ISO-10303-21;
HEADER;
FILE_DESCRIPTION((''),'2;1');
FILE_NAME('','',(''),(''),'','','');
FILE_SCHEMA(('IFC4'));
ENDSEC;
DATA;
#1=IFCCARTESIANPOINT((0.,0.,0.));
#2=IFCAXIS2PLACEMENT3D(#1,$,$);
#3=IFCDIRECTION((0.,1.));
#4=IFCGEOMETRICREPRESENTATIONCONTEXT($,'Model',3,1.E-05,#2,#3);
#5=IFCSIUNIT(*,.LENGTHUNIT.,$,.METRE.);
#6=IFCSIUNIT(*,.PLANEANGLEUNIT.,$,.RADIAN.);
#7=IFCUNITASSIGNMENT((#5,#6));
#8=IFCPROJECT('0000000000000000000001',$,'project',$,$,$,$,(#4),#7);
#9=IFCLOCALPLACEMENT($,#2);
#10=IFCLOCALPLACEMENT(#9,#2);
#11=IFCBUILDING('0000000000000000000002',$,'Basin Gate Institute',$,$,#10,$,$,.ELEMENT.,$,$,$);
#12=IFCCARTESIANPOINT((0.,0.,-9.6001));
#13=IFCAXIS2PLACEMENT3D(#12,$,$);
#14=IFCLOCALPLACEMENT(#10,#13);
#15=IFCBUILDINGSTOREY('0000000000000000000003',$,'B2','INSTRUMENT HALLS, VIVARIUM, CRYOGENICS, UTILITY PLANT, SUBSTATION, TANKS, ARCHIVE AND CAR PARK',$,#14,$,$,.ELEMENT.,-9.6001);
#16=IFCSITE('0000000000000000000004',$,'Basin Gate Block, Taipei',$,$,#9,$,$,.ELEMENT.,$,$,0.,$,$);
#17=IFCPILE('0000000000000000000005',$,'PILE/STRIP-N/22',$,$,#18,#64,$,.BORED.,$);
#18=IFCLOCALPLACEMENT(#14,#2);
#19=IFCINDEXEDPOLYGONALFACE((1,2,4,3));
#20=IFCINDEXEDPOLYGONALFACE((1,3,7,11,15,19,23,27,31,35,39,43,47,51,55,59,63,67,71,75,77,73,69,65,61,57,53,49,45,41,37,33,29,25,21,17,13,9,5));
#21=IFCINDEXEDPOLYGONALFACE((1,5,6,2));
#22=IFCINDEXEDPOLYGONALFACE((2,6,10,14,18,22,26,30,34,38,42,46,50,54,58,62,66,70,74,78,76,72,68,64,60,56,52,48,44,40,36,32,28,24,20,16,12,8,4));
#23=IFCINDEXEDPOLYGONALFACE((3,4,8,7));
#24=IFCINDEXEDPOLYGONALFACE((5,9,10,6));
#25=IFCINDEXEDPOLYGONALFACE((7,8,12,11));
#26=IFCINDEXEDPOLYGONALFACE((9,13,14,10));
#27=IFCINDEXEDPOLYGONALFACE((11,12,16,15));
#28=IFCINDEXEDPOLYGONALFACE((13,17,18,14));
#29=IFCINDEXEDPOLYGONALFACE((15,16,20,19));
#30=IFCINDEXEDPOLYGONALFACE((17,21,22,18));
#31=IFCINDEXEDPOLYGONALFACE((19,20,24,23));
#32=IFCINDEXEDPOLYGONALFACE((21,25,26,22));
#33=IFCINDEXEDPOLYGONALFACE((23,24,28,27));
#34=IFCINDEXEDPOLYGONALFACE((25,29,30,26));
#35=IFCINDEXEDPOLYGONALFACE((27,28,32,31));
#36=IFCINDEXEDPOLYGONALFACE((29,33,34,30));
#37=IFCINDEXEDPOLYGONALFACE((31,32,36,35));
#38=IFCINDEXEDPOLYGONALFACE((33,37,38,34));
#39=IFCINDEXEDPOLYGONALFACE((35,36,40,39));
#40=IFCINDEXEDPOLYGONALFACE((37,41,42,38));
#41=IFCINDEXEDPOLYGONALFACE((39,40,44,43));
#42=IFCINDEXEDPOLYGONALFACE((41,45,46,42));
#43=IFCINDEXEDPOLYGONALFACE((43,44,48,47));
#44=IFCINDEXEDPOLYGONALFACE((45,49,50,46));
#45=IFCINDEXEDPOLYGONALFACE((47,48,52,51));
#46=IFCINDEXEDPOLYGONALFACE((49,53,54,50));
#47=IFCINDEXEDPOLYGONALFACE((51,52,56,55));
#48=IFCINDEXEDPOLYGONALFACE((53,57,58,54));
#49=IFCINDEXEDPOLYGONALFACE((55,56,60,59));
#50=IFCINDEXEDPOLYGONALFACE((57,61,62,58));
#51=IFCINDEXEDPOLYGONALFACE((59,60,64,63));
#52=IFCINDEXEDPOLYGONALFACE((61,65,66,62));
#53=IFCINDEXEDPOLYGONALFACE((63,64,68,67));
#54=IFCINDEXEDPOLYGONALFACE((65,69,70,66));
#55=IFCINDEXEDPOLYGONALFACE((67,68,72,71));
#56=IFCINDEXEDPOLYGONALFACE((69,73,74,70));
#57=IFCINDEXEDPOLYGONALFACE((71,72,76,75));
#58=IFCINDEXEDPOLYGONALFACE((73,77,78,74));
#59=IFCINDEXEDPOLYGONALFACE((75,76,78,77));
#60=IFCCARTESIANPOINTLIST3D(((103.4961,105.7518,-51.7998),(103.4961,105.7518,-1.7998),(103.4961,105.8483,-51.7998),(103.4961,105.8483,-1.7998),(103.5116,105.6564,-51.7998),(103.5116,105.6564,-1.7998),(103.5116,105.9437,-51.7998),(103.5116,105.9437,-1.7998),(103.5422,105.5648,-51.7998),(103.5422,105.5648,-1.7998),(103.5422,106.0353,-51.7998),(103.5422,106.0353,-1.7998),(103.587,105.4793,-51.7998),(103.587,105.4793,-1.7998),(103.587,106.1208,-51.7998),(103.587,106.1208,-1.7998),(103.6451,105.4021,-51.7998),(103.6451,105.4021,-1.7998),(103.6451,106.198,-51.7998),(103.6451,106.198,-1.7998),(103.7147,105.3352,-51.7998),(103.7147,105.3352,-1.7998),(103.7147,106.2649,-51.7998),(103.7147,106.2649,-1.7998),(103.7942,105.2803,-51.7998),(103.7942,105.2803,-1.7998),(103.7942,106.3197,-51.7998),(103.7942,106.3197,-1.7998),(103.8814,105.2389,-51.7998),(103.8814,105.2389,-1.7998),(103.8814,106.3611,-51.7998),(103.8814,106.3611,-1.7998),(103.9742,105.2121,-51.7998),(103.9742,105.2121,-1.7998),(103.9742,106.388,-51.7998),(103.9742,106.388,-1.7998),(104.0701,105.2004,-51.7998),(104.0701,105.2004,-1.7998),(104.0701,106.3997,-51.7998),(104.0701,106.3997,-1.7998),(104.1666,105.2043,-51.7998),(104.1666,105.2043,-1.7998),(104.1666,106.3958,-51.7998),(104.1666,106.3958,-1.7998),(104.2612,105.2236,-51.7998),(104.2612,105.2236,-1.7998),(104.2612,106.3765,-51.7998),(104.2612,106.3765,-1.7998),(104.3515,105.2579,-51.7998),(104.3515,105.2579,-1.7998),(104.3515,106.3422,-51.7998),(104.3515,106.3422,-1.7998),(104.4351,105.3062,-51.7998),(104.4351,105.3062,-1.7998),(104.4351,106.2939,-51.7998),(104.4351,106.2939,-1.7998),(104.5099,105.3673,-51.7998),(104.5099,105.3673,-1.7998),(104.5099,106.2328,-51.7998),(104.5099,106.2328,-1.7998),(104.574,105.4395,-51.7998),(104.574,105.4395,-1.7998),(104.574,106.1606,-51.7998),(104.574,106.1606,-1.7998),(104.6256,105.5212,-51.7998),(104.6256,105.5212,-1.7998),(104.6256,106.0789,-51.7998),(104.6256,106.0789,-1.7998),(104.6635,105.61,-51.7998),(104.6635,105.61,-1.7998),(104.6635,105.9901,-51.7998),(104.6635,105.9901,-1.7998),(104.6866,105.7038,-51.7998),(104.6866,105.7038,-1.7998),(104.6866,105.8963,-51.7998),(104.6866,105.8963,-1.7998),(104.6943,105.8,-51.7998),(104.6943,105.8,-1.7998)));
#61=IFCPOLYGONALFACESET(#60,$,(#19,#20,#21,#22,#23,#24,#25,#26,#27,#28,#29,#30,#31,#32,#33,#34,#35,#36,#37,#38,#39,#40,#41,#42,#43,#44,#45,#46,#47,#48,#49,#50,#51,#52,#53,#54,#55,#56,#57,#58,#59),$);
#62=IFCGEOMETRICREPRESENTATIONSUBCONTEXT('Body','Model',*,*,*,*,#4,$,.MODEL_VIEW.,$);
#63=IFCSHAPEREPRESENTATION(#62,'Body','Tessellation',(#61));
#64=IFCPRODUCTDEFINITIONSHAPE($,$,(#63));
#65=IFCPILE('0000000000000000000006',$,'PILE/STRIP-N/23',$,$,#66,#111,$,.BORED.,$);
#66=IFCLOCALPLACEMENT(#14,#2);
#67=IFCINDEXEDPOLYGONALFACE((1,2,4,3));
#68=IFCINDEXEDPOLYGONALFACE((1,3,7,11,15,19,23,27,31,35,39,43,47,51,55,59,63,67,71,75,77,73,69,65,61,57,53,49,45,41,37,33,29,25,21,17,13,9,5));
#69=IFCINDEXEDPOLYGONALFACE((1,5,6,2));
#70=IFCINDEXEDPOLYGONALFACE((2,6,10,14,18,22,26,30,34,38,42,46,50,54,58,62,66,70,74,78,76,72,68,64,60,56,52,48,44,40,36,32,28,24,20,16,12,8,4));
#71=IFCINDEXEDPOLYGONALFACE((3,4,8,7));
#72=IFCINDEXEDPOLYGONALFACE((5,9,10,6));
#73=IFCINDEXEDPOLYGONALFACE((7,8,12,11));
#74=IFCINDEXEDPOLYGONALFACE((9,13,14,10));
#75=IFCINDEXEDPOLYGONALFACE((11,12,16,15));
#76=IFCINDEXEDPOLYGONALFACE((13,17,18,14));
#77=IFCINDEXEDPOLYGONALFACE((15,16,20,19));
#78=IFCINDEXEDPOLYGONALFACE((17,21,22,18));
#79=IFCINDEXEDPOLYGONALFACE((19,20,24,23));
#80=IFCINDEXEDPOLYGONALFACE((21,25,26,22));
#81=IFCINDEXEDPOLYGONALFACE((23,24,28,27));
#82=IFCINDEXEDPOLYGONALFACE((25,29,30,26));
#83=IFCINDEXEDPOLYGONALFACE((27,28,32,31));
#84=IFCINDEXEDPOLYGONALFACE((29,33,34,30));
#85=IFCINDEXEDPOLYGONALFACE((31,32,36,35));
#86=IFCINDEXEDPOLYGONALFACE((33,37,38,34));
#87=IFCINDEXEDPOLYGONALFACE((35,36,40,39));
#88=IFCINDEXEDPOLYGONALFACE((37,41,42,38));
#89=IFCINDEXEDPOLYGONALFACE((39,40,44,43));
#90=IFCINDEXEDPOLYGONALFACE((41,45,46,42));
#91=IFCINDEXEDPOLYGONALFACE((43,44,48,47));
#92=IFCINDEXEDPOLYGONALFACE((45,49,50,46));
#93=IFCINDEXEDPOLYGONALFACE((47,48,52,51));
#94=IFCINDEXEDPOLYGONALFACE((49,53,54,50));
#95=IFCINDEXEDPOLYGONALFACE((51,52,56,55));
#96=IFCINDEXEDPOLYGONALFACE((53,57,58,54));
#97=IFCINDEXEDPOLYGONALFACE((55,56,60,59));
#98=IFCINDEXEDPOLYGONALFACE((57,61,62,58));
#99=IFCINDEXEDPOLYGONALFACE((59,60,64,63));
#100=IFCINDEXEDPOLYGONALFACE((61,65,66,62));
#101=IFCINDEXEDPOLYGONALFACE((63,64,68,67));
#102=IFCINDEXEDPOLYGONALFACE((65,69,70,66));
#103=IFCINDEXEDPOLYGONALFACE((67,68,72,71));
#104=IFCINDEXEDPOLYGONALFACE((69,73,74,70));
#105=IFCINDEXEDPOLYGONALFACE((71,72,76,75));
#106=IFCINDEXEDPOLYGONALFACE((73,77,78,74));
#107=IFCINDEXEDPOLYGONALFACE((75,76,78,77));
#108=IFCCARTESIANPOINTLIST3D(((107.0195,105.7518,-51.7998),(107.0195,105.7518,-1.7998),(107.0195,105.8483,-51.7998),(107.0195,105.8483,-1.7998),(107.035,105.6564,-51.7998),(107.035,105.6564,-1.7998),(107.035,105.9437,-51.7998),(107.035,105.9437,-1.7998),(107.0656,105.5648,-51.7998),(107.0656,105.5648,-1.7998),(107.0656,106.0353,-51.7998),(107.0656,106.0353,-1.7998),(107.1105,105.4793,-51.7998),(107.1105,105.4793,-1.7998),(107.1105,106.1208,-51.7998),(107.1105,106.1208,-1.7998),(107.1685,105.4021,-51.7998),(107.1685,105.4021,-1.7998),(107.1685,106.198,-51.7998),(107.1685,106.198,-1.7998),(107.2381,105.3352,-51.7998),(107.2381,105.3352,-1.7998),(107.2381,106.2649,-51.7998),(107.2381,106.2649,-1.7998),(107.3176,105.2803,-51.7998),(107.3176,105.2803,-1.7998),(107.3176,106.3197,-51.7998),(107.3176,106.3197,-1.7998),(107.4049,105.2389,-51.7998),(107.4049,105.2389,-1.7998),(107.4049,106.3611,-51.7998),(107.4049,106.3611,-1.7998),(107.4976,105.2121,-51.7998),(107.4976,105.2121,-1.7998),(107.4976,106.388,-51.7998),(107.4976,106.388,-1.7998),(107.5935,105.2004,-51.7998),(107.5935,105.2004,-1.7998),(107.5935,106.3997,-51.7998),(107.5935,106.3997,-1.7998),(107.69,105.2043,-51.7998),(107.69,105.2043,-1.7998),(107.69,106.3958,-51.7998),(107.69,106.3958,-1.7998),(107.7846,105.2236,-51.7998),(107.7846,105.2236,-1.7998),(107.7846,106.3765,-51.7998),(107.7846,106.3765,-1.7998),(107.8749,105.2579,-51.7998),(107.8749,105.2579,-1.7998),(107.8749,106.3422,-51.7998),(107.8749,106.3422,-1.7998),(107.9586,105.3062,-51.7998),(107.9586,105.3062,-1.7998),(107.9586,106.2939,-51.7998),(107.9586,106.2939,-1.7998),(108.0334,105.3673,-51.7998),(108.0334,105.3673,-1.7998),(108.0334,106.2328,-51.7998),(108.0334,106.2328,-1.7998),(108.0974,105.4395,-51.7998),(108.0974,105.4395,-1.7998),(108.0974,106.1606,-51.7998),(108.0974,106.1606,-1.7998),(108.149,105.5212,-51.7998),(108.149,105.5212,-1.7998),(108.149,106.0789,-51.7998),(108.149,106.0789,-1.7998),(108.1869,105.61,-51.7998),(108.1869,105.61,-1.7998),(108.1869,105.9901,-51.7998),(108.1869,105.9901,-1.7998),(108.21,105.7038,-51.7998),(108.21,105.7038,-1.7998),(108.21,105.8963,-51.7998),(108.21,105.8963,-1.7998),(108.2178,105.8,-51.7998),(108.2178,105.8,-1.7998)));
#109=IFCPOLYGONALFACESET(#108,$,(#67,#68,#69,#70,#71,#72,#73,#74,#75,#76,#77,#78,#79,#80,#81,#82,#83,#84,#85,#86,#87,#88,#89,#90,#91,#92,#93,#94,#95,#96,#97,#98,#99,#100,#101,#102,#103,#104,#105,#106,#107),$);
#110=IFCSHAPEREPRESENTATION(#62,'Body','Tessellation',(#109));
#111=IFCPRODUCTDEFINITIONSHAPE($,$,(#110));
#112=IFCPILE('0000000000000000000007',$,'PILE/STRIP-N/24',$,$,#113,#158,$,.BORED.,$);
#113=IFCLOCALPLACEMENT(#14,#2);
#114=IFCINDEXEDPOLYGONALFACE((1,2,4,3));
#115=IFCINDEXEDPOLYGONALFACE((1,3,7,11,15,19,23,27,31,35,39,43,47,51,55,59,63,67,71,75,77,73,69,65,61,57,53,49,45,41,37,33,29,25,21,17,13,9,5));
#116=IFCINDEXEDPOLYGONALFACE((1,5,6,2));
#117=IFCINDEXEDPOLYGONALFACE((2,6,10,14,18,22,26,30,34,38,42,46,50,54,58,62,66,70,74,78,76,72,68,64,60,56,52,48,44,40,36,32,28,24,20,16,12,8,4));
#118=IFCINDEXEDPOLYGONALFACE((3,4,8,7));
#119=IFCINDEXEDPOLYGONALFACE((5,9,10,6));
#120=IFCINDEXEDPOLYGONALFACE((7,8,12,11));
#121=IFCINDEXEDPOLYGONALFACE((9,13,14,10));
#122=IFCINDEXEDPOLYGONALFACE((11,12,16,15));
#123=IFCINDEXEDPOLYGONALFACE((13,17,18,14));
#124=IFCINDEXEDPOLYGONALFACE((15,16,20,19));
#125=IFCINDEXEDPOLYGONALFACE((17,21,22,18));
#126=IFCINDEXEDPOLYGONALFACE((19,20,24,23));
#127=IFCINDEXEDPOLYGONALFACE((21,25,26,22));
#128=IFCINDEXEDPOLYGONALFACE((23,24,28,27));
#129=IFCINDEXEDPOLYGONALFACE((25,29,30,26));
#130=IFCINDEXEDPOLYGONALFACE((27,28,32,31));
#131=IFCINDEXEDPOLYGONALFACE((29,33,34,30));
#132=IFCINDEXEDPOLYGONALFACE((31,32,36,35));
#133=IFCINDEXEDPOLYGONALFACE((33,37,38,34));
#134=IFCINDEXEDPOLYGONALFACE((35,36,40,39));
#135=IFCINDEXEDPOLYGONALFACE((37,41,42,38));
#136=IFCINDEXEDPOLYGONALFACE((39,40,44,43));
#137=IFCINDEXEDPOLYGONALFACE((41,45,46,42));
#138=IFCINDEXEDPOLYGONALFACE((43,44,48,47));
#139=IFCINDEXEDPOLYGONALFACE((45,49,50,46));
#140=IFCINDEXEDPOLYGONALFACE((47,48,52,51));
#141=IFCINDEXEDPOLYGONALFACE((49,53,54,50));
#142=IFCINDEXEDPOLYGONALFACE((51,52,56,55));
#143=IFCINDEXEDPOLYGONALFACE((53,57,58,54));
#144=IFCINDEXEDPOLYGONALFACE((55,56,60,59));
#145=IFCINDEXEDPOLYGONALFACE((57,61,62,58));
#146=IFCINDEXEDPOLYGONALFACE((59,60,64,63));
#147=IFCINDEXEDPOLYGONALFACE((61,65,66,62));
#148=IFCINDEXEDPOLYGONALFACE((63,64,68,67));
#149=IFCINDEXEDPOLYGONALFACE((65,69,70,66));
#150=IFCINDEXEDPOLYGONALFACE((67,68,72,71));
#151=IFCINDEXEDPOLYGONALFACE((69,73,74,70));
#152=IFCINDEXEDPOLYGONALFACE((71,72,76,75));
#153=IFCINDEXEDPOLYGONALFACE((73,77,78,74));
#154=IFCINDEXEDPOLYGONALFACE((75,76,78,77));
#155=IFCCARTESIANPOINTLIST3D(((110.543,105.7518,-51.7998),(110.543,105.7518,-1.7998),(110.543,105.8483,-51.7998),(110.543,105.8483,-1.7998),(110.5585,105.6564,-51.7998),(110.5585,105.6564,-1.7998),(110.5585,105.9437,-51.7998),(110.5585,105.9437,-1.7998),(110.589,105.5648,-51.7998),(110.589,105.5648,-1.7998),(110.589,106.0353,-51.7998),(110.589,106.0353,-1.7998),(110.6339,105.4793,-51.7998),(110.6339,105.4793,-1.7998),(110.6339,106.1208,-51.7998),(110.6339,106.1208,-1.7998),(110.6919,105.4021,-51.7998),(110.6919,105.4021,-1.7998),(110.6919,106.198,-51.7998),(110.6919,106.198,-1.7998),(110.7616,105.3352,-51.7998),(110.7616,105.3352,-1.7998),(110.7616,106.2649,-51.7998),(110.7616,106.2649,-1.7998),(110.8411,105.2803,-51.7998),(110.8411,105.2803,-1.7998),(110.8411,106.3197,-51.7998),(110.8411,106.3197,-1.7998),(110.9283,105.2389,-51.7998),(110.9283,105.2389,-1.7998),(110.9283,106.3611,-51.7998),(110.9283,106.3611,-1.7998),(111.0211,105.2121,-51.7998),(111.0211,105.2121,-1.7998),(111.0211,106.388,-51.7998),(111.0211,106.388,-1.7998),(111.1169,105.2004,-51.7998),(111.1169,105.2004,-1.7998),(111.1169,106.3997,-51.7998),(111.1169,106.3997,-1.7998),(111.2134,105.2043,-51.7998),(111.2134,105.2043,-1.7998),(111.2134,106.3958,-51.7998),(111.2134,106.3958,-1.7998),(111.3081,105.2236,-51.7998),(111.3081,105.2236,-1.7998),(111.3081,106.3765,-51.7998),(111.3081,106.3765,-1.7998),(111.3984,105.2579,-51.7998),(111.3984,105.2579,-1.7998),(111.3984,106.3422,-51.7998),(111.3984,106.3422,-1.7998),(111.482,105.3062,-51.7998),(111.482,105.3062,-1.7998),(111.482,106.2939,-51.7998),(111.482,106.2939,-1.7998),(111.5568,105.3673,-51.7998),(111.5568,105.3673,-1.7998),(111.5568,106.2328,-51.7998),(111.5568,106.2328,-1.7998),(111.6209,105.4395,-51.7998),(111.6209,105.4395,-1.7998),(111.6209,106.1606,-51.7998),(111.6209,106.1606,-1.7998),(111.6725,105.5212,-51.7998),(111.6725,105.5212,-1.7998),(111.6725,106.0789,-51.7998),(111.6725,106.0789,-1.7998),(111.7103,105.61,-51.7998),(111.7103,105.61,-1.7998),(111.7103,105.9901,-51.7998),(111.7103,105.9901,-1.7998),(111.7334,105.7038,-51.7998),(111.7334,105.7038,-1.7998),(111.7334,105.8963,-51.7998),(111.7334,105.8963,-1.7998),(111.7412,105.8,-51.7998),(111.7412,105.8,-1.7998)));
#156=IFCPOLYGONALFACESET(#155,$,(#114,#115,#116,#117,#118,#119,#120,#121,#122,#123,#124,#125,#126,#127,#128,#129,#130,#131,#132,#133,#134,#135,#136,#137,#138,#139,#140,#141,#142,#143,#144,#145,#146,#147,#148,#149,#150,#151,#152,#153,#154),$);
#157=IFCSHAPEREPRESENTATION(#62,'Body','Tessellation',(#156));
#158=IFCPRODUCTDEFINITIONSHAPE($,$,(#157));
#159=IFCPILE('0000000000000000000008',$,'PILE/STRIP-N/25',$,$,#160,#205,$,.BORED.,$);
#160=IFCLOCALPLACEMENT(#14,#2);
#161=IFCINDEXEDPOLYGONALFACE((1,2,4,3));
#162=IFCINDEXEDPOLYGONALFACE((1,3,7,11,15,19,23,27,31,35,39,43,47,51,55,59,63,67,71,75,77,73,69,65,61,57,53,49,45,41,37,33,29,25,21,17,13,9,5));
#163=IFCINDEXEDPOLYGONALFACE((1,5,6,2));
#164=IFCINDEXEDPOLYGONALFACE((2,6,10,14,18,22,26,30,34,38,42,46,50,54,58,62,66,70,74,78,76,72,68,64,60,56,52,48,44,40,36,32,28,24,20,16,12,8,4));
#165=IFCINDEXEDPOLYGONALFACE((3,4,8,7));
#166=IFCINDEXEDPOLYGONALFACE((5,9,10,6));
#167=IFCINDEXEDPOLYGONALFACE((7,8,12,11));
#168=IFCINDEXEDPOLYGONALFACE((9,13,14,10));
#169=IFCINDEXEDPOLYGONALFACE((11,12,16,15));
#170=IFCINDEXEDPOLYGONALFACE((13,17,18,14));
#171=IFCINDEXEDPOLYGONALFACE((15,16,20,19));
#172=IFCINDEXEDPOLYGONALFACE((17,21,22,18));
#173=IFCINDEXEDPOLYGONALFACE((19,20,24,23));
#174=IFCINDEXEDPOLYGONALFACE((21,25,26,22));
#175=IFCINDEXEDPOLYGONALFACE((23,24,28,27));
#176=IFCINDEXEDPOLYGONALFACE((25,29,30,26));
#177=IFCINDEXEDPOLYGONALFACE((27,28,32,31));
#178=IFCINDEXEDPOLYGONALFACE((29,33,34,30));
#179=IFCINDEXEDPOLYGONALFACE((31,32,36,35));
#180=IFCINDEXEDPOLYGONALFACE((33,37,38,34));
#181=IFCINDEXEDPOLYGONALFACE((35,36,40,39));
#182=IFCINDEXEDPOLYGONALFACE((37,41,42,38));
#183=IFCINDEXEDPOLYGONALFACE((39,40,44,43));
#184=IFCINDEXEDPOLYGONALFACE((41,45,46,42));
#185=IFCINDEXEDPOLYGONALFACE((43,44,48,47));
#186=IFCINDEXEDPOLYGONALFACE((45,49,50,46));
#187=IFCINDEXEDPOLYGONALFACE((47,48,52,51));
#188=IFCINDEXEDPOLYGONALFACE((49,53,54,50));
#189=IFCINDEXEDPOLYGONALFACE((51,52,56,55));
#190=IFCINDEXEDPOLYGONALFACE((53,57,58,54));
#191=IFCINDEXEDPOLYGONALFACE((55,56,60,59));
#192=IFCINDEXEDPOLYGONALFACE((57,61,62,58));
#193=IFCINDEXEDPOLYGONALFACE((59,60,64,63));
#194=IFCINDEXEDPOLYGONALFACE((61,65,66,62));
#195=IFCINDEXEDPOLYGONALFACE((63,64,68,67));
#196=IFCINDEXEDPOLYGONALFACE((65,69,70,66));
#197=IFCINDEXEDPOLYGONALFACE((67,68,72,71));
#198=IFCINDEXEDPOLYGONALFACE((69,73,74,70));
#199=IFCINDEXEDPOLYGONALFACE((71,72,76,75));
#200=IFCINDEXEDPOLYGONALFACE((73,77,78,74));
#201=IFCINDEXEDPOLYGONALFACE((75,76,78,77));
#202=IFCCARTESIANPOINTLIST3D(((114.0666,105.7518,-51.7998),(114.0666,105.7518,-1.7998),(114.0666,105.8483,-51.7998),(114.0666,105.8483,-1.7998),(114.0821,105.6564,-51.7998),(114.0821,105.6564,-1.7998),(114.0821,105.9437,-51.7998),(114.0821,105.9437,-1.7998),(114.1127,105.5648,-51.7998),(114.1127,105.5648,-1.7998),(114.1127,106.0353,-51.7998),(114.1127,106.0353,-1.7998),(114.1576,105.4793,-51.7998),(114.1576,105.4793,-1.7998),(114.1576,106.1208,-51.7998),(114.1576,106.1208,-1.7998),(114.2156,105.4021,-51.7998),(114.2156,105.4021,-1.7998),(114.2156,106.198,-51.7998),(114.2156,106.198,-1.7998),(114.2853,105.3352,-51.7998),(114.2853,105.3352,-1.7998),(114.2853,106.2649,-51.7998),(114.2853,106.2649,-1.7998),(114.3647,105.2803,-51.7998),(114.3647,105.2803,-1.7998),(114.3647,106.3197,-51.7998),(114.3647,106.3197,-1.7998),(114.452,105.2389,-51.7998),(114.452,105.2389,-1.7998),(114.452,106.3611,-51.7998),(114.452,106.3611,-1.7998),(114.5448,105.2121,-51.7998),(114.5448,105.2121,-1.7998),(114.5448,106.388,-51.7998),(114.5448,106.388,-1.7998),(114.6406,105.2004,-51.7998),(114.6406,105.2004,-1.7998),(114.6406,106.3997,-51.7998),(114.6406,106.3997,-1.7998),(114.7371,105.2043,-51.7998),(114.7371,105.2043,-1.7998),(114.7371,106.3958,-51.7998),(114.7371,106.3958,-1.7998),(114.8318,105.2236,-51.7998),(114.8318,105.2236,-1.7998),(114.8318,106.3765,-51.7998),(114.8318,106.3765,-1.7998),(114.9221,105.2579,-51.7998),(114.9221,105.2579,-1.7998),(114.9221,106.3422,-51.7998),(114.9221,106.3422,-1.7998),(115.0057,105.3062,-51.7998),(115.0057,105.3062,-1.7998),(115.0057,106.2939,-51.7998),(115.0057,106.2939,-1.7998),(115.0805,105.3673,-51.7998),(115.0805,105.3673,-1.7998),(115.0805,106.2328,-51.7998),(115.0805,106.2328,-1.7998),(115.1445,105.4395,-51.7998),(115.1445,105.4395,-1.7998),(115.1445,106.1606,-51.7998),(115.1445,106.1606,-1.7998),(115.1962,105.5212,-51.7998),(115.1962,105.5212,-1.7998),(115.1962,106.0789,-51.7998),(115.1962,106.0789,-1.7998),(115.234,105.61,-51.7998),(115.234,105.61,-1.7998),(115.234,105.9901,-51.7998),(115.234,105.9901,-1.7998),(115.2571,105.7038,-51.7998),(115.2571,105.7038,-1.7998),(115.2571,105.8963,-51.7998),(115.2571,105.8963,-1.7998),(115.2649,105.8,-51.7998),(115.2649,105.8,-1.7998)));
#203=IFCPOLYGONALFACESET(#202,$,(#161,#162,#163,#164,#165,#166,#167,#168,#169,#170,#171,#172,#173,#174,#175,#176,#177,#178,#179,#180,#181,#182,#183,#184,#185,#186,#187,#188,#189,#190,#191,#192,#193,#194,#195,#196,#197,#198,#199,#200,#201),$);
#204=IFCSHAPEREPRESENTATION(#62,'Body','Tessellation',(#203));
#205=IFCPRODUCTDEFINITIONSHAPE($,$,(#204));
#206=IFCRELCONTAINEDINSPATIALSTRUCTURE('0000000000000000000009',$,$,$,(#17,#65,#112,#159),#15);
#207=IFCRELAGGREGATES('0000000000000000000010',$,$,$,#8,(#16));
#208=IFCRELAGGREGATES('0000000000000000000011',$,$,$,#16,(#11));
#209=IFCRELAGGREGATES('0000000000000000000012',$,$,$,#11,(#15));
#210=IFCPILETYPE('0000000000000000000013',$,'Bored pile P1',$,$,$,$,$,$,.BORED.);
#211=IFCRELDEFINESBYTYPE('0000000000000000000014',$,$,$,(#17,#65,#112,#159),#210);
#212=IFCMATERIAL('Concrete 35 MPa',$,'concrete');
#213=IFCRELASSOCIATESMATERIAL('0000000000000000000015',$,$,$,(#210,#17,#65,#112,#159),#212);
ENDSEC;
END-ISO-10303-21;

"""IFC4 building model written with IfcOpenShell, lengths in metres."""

from ifc_helpers import new_model, si_unit, direction, frame, origin, origin_2d, place, context, subcontext, project, spatial, circle, extrude, material, material_profile, profile_set, type_object, element, save


model = new_model("IFC4")

# Units and contexts
model_context = context("Model", 3, precision=1e-05, world=origin(), true_north=direction((0.0, 1.0)))
body_context = subcontext(model_context, "Body", "Model", "MODEL_VIEW")
ifc_project = project(units=[si_unit("LENGTHUNIT", "METRE"), si_unit("PLANEANGLEUNIT", "RADIAN")], contexts=[model_context])

# Site, building, storey
site_placement = place(None, origin())
site = spatial("IfcSite", under=ifc_project, at=site_placement, Name="Basin Gate Block, Taipei", CompositionType="ELEMENT", RefElevation=0.0)
building_placement = place(site_placement, origin())
building = spatial("IfcBuilding", under=site, at=building_placement, Name="Basin Gate Institute", CompositionType="ELEMENT")
storey_placement = place(building_placement, frame((0.0, 0.0, -9.6001)))
storey = spatial("IfcBuildingStorey", under=building, at=storey_placement, Name="B2", Description="INSTRUMENT HALLS, VIVARIUM, CRYOGENICS, UTILITY PLANT, SUBSTATION, TANKS, ARCHIVE AND CAR PARK", CompositionType="ELEMENT", Elevation=-9.6001)

# Piles
ifc_material_1 = material(Name="Concrete 35 MPa", Category="concrete")
ifc_material_profile_1 = material_profile(ifc_material_1, circle(Radius=0.6001, at=origin_2d()), Name="Bored pile P1 1200 dia")
ifc_profile_set_1 = profile_set([ifc_material_profile_1], Name="Concrete 35 MPa")
pile_type = type_object("IfcPileType", Name="Bored pile P1", PredefinedType="BORED", material=ifc_profile_set_1)
for number, where, z_axis, x_axis, name in (
    (1, (104.0942, 105.8, -1.7998), (0.0, 0.0, -1.0), (1.0, 0.0, 0.0), "PILE/STRIP-N/22"),
    (2, (107.6177, 105.8, -1.7998), (0.0, 0.0, -1.0), (1.0, 0.0, 0.0), "PILE/STRIP-N/23"),
    (3, (111.1411, 105.8, -1.7998), (0.0, 0.0, -1.0), (1.0, 0.0, 0.0), "PILE/STRIP-N/24"),
    (4, (114.6648, 105.8, -1.7998), (0.0, 0.0, -1.0), (1.0, 0.0, 0.0), "PILE/STRIP-N/25"),
):
    element("IfcPile", number, at=place(storey_placement, frame(where, z_axis=z_axis, x_axis=x_axis)), inside=storey, type_object=pile_type, material=ifc_profile_set_1, Name=name, PredefinedType="BORED", context=body_context, shape_type="SweptSolid", body=[
        extrude(circle(Radius=0.6001, at=origin_2d()), origin(), (0.0, 0.0, 1.0), 50.0),
    ])

save(model, "model.ifc")
